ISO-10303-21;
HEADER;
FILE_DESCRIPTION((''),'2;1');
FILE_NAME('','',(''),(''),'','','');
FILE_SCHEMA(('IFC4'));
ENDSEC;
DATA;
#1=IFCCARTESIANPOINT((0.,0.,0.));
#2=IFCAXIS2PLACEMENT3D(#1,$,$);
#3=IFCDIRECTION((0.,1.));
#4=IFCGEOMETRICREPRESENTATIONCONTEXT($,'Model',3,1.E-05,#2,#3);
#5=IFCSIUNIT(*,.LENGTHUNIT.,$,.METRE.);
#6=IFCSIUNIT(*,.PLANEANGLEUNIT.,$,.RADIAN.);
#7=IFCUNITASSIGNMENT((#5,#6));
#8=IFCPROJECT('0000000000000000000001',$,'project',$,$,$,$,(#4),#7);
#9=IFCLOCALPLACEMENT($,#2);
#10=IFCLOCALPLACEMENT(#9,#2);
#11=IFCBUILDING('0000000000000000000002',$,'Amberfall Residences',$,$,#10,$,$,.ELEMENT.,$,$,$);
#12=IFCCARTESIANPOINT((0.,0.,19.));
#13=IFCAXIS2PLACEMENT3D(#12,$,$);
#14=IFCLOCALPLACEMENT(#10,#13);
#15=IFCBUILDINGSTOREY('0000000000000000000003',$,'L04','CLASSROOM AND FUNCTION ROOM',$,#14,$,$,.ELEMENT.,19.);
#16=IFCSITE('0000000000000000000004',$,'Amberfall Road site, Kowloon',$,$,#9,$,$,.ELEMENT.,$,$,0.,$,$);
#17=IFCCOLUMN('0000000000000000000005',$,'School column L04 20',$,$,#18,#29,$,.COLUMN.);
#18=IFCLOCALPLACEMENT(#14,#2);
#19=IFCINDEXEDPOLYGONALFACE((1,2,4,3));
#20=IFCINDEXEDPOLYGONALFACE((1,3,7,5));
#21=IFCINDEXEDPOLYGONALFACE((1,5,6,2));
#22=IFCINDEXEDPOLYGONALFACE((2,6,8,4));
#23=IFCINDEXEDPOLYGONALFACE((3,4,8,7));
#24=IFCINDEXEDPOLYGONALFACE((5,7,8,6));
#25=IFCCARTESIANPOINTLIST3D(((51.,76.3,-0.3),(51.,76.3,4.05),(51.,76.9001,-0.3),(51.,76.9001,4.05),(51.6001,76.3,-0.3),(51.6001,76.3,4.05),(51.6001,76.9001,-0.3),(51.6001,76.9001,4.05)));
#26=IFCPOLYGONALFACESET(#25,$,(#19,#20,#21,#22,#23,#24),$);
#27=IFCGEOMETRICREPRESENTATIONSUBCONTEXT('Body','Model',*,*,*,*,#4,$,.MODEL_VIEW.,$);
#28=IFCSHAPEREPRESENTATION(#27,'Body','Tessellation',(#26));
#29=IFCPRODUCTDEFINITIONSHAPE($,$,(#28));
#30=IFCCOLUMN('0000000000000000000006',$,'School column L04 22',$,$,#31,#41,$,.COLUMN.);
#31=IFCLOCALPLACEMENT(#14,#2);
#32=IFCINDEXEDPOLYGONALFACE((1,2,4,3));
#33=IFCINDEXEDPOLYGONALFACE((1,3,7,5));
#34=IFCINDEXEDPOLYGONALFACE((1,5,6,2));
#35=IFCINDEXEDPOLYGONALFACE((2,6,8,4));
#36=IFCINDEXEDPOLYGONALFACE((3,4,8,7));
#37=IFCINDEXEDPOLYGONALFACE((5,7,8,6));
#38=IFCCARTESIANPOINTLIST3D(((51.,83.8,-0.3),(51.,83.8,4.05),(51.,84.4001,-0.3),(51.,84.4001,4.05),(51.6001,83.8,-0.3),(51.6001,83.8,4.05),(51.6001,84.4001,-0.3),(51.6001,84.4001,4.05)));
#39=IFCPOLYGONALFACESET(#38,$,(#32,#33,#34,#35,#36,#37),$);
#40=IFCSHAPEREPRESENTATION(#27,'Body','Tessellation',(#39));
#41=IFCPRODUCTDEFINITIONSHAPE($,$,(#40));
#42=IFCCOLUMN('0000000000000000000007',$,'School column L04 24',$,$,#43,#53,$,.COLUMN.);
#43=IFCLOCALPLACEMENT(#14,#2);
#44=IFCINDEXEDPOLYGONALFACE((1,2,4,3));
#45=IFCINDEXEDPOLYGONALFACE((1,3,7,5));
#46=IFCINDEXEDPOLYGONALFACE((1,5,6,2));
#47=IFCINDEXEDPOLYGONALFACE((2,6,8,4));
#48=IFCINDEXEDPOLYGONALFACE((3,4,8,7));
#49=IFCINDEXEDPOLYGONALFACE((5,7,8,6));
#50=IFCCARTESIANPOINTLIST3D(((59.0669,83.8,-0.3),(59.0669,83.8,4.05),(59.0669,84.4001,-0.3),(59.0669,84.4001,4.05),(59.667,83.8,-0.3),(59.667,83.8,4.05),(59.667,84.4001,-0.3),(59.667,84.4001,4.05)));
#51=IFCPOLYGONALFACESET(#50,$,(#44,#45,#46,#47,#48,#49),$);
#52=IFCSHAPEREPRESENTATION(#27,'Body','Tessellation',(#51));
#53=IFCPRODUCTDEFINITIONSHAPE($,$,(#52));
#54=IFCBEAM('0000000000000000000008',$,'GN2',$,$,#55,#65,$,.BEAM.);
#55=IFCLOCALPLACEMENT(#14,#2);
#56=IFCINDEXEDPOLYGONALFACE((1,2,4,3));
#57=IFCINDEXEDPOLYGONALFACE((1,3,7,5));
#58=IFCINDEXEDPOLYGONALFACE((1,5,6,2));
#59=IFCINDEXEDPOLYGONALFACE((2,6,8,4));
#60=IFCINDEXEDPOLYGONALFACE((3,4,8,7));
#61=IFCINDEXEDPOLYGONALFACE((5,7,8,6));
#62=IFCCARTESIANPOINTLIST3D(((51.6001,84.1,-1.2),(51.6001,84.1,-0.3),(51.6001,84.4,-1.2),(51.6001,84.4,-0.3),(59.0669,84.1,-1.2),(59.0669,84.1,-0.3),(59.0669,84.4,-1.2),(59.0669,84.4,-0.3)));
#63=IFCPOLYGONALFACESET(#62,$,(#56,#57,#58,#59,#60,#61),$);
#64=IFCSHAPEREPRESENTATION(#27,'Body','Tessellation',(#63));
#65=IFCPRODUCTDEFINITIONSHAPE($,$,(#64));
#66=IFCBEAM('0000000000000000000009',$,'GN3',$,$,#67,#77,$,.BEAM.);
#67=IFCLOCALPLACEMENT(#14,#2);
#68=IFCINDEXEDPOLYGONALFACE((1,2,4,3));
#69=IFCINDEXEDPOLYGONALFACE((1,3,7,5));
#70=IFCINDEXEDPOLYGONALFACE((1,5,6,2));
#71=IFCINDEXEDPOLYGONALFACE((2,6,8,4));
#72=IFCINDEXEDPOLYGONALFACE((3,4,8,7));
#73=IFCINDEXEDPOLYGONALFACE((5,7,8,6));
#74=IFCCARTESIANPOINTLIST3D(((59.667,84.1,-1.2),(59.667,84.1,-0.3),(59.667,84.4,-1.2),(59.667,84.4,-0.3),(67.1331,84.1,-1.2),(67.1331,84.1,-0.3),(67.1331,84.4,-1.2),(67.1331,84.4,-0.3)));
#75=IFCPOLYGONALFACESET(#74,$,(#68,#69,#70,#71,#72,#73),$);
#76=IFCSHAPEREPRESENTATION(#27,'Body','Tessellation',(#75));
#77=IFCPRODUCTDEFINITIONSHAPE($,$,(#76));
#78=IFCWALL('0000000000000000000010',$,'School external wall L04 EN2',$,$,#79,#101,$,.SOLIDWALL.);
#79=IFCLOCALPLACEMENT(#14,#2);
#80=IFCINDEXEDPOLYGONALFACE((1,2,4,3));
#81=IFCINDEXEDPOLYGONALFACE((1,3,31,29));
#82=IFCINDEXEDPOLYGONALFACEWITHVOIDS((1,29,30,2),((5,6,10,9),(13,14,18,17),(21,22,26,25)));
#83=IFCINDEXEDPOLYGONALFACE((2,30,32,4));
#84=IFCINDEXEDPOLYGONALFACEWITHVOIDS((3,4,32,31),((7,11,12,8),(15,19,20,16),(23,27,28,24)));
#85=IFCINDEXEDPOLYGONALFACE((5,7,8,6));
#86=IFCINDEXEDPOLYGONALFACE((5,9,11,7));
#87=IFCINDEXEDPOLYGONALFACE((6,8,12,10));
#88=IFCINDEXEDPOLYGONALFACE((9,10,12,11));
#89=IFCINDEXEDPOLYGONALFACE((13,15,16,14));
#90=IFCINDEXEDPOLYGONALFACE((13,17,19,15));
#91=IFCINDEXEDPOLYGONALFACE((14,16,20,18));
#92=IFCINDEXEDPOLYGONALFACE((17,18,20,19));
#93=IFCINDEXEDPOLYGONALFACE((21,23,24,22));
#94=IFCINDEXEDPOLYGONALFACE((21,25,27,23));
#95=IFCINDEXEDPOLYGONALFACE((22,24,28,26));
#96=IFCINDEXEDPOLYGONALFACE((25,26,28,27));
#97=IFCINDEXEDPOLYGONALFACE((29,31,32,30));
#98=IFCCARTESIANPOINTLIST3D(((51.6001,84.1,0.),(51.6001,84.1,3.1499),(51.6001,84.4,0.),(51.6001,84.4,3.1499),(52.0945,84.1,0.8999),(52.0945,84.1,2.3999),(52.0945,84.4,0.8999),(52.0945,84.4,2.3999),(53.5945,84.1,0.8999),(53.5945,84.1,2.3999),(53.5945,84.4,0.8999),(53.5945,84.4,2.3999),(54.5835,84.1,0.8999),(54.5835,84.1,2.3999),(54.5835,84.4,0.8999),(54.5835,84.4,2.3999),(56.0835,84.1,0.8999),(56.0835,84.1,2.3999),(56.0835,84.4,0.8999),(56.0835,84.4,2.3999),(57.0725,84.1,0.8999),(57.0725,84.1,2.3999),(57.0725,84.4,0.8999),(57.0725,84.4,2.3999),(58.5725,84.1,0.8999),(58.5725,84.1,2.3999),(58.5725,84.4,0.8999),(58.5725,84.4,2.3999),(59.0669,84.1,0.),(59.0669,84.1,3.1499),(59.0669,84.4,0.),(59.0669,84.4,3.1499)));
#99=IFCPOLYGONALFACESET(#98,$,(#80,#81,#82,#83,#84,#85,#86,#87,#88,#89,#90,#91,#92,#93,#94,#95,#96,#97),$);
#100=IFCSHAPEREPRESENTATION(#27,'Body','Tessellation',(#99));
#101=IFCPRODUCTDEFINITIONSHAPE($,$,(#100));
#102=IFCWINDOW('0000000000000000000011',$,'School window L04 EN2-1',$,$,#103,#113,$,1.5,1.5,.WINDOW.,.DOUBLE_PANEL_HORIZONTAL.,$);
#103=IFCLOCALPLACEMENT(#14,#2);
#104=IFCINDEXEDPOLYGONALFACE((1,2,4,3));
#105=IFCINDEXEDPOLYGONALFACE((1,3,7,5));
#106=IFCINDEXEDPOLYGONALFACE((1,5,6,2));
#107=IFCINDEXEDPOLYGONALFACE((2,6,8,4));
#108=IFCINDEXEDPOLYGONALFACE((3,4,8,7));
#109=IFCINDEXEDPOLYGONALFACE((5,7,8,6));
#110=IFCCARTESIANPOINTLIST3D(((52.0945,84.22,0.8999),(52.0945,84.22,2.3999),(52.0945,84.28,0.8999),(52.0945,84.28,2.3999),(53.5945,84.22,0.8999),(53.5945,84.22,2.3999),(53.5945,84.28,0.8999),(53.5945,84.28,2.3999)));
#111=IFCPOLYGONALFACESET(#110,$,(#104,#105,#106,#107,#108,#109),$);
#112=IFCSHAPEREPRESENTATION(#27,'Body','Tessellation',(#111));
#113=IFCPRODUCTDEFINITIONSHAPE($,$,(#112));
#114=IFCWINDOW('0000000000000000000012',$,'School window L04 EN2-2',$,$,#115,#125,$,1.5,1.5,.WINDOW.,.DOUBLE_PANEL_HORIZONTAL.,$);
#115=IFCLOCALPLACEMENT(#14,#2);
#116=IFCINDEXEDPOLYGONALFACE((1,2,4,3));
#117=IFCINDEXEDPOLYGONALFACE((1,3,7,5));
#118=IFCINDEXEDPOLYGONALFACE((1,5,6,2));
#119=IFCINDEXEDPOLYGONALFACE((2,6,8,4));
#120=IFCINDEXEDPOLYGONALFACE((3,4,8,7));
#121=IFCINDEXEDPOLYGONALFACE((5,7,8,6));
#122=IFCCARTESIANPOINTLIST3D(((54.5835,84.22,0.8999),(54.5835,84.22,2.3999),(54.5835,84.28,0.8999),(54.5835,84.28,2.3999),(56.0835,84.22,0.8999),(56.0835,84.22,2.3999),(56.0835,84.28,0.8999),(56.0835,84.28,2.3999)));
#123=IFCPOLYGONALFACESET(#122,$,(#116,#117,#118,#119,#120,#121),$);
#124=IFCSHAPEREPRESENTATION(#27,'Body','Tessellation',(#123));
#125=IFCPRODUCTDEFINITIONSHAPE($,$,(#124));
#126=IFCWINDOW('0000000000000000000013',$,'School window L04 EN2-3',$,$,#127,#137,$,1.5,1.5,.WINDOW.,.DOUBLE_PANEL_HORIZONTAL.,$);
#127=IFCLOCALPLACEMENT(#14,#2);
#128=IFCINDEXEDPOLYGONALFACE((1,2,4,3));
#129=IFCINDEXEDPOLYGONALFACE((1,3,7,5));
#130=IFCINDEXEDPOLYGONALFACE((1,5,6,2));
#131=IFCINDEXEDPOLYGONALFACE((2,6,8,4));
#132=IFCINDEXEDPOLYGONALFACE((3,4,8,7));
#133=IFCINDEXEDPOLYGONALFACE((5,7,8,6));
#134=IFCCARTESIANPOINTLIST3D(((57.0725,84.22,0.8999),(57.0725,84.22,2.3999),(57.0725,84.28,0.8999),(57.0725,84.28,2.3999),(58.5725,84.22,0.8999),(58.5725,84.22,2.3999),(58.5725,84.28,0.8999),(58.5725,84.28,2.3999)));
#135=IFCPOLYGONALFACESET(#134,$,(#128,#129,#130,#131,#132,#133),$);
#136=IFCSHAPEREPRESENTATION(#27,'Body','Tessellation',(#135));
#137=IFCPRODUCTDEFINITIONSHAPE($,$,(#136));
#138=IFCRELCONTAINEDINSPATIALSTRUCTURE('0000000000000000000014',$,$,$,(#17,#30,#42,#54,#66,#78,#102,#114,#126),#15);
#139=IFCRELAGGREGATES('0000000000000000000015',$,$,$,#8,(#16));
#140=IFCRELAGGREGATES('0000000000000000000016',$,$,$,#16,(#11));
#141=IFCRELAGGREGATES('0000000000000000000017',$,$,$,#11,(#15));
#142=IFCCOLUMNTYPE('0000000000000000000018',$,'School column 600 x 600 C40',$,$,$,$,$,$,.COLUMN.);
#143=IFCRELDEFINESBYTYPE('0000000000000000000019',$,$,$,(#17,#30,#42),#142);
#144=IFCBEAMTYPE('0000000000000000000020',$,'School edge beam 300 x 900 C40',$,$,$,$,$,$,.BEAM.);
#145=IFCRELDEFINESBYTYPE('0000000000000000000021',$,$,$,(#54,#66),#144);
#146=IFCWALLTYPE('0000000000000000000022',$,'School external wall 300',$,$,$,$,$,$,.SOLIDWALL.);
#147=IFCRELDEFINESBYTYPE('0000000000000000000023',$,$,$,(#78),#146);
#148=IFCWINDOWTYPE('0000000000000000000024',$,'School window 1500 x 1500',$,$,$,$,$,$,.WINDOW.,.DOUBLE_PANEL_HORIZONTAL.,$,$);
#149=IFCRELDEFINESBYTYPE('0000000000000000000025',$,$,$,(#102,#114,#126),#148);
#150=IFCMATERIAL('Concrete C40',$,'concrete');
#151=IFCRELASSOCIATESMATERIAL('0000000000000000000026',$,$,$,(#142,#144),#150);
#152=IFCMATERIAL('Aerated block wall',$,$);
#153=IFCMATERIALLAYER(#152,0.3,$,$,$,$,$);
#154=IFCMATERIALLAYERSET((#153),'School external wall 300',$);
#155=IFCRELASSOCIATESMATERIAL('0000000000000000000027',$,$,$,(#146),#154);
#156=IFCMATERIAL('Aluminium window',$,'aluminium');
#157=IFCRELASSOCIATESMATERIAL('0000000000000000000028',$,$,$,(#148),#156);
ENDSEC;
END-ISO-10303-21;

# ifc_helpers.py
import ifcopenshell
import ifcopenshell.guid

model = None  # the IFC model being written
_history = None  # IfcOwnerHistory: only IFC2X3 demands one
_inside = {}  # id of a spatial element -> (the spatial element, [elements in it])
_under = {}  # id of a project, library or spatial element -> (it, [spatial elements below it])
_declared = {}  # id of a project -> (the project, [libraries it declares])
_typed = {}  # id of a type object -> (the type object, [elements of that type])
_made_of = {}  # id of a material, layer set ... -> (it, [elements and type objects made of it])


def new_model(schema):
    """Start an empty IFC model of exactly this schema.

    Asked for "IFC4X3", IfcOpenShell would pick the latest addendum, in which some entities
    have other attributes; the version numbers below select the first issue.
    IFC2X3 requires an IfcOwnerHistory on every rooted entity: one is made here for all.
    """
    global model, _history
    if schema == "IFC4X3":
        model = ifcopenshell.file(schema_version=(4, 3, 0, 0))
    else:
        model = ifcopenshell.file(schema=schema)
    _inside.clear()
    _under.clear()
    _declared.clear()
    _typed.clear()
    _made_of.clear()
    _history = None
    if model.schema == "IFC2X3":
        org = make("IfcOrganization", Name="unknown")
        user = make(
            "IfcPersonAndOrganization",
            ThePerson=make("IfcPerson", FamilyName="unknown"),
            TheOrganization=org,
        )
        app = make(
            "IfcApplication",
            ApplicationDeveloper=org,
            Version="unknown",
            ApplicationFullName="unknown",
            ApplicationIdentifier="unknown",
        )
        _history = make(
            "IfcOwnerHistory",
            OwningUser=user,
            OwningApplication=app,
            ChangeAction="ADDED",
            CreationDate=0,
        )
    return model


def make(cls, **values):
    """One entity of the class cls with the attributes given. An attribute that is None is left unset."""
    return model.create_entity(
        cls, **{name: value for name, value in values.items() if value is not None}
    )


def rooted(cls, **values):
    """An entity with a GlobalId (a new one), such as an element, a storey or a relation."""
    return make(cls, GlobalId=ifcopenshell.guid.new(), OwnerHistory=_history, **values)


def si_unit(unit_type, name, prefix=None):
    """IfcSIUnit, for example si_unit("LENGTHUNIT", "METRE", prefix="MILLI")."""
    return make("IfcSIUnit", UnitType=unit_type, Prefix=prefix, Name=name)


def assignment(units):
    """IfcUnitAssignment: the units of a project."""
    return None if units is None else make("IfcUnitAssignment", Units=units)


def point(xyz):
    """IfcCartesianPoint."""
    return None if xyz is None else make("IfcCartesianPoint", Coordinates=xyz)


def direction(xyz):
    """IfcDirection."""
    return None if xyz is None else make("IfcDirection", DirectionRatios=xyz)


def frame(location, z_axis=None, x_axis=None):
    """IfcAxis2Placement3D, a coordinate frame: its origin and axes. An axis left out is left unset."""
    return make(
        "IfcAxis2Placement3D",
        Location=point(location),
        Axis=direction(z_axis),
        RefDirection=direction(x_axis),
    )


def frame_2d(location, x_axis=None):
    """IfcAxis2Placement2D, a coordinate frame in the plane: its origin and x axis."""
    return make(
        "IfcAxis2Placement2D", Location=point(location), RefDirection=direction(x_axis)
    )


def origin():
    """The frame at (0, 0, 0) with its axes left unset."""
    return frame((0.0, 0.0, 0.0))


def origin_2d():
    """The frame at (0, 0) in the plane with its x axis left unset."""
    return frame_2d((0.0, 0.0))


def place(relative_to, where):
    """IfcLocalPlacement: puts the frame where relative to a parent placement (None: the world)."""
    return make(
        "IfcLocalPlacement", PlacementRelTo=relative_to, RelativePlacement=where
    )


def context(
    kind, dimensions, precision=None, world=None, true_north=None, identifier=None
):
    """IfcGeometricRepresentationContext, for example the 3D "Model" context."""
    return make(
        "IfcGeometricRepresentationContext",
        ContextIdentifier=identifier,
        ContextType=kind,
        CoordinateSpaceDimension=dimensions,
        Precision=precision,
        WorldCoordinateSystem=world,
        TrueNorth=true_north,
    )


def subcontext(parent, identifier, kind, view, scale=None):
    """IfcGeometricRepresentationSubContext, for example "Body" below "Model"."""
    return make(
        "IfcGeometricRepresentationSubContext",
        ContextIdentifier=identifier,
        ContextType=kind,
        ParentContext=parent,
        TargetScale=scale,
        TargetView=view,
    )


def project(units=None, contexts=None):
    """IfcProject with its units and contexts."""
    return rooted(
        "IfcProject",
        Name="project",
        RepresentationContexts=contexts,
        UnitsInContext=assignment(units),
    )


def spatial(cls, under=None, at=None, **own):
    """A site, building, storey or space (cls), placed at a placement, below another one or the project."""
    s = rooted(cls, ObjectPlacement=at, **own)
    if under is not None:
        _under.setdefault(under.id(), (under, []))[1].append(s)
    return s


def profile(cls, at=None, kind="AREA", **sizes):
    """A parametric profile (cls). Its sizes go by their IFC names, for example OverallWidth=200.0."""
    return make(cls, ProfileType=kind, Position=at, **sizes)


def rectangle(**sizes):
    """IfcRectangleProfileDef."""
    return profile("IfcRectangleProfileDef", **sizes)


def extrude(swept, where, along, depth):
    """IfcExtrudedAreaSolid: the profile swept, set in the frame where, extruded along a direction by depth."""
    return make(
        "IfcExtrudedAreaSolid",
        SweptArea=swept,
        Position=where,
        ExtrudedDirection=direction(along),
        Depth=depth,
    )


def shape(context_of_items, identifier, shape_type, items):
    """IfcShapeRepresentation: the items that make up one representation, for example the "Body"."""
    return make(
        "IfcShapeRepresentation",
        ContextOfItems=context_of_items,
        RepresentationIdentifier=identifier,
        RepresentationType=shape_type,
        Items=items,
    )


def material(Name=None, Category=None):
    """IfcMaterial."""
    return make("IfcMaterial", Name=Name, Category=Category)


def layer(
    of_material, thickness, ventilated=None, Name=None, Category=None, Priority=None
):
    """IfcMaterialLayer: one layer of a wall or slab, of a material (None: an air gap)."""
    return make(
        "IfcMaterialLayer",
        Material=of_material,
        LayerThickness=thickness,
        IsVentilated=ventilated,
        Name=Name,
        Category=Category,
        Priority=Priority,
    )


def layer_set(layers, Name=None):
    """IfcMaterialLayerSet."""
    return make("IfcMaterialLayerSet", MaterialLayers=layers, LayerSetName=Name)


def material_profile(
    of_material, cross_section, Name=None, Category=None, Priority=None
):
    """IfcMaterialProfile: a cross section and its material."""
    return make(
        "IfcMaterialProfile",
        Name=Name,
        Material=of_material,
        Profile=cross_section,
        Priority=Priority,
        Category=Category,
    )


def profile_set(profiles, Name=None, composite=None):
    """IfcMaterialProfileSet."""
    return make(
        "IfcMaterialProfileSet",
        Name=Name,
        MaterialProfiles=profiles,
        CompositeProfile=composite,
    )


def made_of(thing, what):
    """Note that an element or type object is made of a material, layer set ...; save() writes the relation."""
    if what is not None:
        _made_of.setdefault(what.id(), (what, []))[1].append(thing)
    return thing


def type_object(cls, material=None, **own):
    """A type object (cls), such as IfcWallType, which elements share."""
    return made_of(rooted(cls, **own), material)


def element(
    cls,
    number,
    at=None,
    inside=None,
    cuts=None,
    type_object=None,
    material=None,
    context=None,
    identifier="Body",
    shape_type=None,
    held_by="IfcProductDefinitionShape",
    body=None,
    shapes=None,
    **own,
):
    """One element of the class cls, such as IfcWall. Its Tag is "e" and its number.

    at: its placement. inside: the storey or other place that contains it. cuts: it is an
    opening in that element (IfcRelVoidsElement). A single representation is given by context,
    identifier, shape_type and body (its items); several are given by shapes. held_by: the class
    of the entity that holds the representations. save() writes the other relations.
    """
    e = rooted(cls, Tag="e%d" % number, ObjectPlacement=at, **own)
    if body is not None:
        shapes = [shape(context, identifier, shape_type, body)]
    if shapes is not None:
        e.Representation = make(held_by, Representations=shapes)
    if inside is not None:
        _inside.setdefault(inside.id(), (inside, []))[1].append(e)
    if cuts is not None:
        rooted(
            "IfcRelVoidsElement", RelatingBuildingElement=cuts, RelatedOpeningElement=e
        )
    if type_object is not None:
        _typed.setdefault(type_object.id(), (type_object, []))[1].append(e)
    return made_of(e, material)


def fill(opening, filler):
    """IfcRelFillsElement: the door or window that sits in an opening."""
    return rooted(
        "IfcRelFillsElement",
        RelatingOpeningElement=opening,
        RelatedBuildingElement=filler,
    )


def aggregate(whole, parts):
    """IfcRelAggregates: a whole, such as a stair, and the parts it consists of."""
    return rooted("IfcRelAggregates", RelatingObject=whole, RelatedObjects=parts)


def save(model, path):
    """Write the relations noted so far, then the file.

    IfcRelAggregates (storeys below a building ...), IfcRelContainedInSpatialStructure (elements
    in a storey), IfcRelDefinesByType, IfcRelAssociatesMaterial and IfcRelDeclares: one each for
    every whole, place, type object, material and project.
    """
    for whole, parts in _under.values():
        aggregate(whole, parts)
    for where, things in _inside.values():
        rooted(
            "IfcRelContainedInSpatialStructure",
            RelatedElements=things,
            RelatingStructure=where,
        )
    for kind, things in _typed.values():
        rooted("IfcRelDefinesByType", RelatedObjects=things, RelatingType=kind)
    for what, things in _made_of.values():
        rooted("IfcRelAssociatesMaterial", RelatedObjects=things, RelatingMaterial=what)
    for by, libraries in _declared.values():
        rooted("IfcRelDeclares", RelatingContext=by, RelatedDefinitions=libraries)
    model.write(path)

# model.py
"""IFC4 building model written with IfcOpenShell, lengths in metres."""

from ifc_helpers import new_model, si_unit, direction, frame, frame_2d, origin, origin_2d, place, context, subcontext, project, spatial, rectangle, extrude, material, layer, layer_set, material_profile, profile_set, type_object, element, fill, save


model = new_model("IFC4")

# Units and contexts
model_context = context("Model", 3, precision=1e-05, world=origin(), true_north=direction((0.0, 1.0)))
body_context = subcontext(model_context, "Body", "Model", "MODEL_VIEW")
ifc_project = project(units=[si_unit("LENGTHUNIT", "METRE"), si_unit("PLANEANGLEUNIT", "RADIAN")], contexts=[model_context])

# Site, building, storey
site_placement = place(None, origin())
site = spatial("IfcSite", under=ifc_project, at=site_placement, Name="Amberfall Road site, Kowloon", CompositionType="ELEMENT", RefElevation=0.0)
building_placement = place(site_placement, origin())
building = spatial("IfcBuilding", under=site, at=building_placement, Name="Amberfall Residences", CompositionType="ELEMENT")
storey_placement = place(building_placement, frame((0.0, 0.0, 19.0)))
storey = spatial("IfcBuildingStorey", under=building, at=storey_placement, Name="L04", Description="CLASSROOM AND FUNCTION ROOM", CompositionType="ELEMENT", Elevation=19.0)

# Columns
ifc_material_1 = material(Name="Concrete C40", Category="concrete")
ifc_material_profile_1 = material_profile(ifc_material_1, rectangle(XDim=0.6001, YDim=0.6001, at=origin_2d()), Name="School column 600 x 600 C40")
ifc_profile_set_1 = profile_set([ifc_material_profile_1], Name="Concrete C40")
column_type = type_object("IfcColumnType", Name="School column 600 x 600 C40", PredefinedType="COLUMN", material=ifc_profile_set_1)
for number, where, z_axis, x_axis, name in (
    (1, (51.3, 76.6001, -0.3), (0.0, 0.0, 1.0), (1.0, 0.0, 0.0), "School column L04 20"),
    (2, (51.3, 84.1001, -0.3), (0.0, 0.0, 1.0), (1.0, 0.0, 0.0), "School column L04 22"),
    (3, (59.3669, 84.1001, -0.3), (0.0, 0.0, 1.0), (1.0, 0.0, 0.0), "School column L04 24"),
):
    element("IfcColumn", number, at=place(storey_placement, frame(where, z_axis=z_axis, x_axis=x_axis)), inside=storey, type_object=column_type, Name=name, PredefinedType="COLUMN", context=body_context, shape_type="SweptSolid", body=[
        extrude(rectangle(XDim=0.6001, YDim=0.6001, at=origin_2d()), origin(), (0.0, 0.0, 1.0), 4.3501),
    ])

# Beams
ifc_material_profile_2 = material_profile(ifc_material_1, rectangle(XDim=0.3, YDim=0.8999, at=origin_2d()), Name="School edge beam 300 x 900 C40")
ifc_profile_set_2 = profile_set([ifc_material_profile_2], Name="Concrete C40")
beam_type = type_object("IfcBeamType", Name="School edge beam 300 x 900 C40", PredefinedType="BEAM", material=ifc_profile_set_2)
beam_1_placement = place(storey_placement, frame((51.6001, 84.25, -0.75), z_axis=(1.0, 0.0, 0.0), x_axis=(0.0, 1.0, 0.0)))
element("IfcBeam", 4, at=beam_1_placement, inside=storey, type_object=beam_type, Name="GN2", PredefinedType="BEAM", context=body_context, shape_type="SweptSolid", body=[
    extrude(rectangle(XDim=0.3, YDim=0.8999, at=origin_2d()), origin(), (0.0, 0.0, 1.0), 7.4668),
])
beam_2_placement = place(storey_placement, frame((59.667, 84.25, -0.75), z_axis=(1.0, 0.0, 0.0), x_axis=(0.0, 1.0, 0.0)))
element("IfcBeam", 5, at=beam_2_placement, inside=storey, type_object=beam_type, Name="GN3", PredefinedType="BEAM", context=body_context, shape_type="SweptSolid", body=[
    extrude(rectangle(XDim=0.3, YDim=0.8999, at=origin_2d()), origin(), (0.0, 0.0, 1.0), 7.4661),
])

# Wall, openings, windows
ifc_material_2 = material(Name="Aerated block wall")
ifc_layer_1 = layer(ifc_material_2, 0.3)
ifc_layer_set_1 = layer_set([ifc_layer_1], Name="School external wall 300")
wall_type_1 = type_object("IfcWallType", Name="School external wall 300", PredefinedType="SOLIDWALL", material=ifc_layer_set_1)
wall_1_placement = place(storey_placement, frame((51.6001, 84.25, 0.0), z_axis=(0.0, 0.0, 1.0), x_axis=(1.0, 0.0, 0.0)))
wall_1 = element("IfcWall", 6, at=wall_1_placement, inside=storey, type_object=wall_type_1, Name="School external wall L04 EN2", PredefinedType="SOLIDWALL", context=body_context, shape_type="SweptSolid", body=[
    extrude(rectangle(XDim=7.4668, YDim=0.3, at=frame_2d((3.7334, 0.0))), origin(), (0.0, 0.0, 1.0), 3.1499),
])
opening_1_placement = place(wall_1_placement, frame((0.4944, 0.0, 0.8999)))
opening_1 = element("IfcOpeningElement", 7, at=opening_1_placement, cuts=wall_1, PredefinedType="OPENING", context=body_context, shape_type="SweptSolid", body=[
    extrude(rectangle(XDim=1.5, YDim=1.5, at=frame_2d((0.75, 0.75))), frame((0.0, 0.1599, 0.0), z_axis=(0.0, -1.0, 0.0), x_axis=(1.0, 0.0, 0.0)), (0.0, 0.0, 1.0), 0.3201),
])
opening_2_placement = place(wall_1_placement, frame((2.9834, 0.0, 0.8999)))
opening_2 = element("IfcOpeningElement", 8, at=opening_2_placement, cuts=wall_1, PredefinedType="OPENING", context=body_context, shape_type="SweptSolid", body=[
    extrude(rectangle(XDim=1.5, YDim=1.5, at=frame_2d((0.75, 0.75))), frame((0.0, 0.1599, 0.0), z_axis=(0.0, -1.0, 0.0), x_axis=(1.0, 0.0, 0.0)), (0.0, 0.0, 1.0), 0.3201),
])
opening_3_placement = place(wall_1_placement, frame((5.4724, 0.0, 0.8999)))
opening_3 = element("IfcOpeningElement", 9, at=opening_3_placement, cuts=wall_1, PredefinedType="OPENING", context=body_context, shape_type="SweptSolid", body=[
    extrude(rectangle(XDim=1.5, YDim=1.5, at=frame_2d((0.75, 0.75))), frame((0.0, 0.1599, 0.0), z_axis=(0.0, -1.0, 0.0), x_axis=(1.0, 0.0, 0.0)), (0.0, 0.0, 1.0), 0.3201),
])
ifc_material_3 = material(Name="Aluminium window", Category="aluminium")
window_type = type_object("IfcWindowType", Name="School window 1500 x 1500", PartitioningType="DOUBLE_PANEL_HORIZONTAL", PredefinedType="WINDOW", material=ifc_material_3)
window_1_placement = place(opening_1_placement, origin())
window_1 = element("IfcWindow", 10, at=window_1_placement, inside=storey, type_object=window_type, Name="School window L04 EN2-1", OverallHeight=1.5, OverallWidth=1.5, PartitioningType="DOUBLE_PANEL_HORIZONTAL", PredefinedType="WINDOW", context=body_context, shape_type="SweptSolid", body=[
    extrude(rectangle(XDim=1.5, YDim=1.5, at=frame_2d((0.75, 0.75))), frame((0.0, 0.03, 0.0), z_axis=(0.0, -1.0, 0.0), x_axis=(1.0, 0.0, 0.0)), (0.0, 0.0, 1.0), 0.0601),
])
fill(opening_1, window_1)
window_2_placement = place(opening_2_placement, origin())
window_2 = element("IfcWindow", 11, at=window_2_placement, inside=storey, type_object=window_type, Name="School window L04 EN2-2", OverallHeight=1.5, OverallWidth=1.5, PartitioningType="DOUBLE_PANEL_HORIZONTAL", PredefinedType="WINDOW", context=body_context, shape_type="SweptSolid", body=[
    extrude(rectangle(XDim=1.5, YDim=1.5, at=frame_2d((0.75, 0.75))), frame((0.0, 0.03, 0.0), z_axis=(0.0, -1.0, 0.0), x_axis=(1.0, 0.0, 0.0)), (0.0, 0.0, 1.0), 0.0601),
])
fill(opening_2, window_2)
window_3_placement = place(opening_3_placement, origin())
window_3 = element("IfcWindow", 12, at=window_3_placement, inside=storey, type_object=window_type, Name="School window L04 EN2-3", OverallHeight=1.5, OverallWidth=1.5, PartitioningType="DOUBLE_PANEL_HORIZONTAL", PredefinedType="WINDOW", context=body_context, shape_type="SweptSolid", body=[
    extrude(rectangle(XDim=1.5, YDim=1.5, at=frame_2d((0.75, 0.75))), frame((0.0, 0.03, 0.0), z_axis=(0.0, -1.0, 0.0), x_axis=(1.0, 0.0, 0.0)), (0.0, 0.0, 1.0), 0.0601),
])
fill(opening_3, window_3)

save(model, "model.ifc")
